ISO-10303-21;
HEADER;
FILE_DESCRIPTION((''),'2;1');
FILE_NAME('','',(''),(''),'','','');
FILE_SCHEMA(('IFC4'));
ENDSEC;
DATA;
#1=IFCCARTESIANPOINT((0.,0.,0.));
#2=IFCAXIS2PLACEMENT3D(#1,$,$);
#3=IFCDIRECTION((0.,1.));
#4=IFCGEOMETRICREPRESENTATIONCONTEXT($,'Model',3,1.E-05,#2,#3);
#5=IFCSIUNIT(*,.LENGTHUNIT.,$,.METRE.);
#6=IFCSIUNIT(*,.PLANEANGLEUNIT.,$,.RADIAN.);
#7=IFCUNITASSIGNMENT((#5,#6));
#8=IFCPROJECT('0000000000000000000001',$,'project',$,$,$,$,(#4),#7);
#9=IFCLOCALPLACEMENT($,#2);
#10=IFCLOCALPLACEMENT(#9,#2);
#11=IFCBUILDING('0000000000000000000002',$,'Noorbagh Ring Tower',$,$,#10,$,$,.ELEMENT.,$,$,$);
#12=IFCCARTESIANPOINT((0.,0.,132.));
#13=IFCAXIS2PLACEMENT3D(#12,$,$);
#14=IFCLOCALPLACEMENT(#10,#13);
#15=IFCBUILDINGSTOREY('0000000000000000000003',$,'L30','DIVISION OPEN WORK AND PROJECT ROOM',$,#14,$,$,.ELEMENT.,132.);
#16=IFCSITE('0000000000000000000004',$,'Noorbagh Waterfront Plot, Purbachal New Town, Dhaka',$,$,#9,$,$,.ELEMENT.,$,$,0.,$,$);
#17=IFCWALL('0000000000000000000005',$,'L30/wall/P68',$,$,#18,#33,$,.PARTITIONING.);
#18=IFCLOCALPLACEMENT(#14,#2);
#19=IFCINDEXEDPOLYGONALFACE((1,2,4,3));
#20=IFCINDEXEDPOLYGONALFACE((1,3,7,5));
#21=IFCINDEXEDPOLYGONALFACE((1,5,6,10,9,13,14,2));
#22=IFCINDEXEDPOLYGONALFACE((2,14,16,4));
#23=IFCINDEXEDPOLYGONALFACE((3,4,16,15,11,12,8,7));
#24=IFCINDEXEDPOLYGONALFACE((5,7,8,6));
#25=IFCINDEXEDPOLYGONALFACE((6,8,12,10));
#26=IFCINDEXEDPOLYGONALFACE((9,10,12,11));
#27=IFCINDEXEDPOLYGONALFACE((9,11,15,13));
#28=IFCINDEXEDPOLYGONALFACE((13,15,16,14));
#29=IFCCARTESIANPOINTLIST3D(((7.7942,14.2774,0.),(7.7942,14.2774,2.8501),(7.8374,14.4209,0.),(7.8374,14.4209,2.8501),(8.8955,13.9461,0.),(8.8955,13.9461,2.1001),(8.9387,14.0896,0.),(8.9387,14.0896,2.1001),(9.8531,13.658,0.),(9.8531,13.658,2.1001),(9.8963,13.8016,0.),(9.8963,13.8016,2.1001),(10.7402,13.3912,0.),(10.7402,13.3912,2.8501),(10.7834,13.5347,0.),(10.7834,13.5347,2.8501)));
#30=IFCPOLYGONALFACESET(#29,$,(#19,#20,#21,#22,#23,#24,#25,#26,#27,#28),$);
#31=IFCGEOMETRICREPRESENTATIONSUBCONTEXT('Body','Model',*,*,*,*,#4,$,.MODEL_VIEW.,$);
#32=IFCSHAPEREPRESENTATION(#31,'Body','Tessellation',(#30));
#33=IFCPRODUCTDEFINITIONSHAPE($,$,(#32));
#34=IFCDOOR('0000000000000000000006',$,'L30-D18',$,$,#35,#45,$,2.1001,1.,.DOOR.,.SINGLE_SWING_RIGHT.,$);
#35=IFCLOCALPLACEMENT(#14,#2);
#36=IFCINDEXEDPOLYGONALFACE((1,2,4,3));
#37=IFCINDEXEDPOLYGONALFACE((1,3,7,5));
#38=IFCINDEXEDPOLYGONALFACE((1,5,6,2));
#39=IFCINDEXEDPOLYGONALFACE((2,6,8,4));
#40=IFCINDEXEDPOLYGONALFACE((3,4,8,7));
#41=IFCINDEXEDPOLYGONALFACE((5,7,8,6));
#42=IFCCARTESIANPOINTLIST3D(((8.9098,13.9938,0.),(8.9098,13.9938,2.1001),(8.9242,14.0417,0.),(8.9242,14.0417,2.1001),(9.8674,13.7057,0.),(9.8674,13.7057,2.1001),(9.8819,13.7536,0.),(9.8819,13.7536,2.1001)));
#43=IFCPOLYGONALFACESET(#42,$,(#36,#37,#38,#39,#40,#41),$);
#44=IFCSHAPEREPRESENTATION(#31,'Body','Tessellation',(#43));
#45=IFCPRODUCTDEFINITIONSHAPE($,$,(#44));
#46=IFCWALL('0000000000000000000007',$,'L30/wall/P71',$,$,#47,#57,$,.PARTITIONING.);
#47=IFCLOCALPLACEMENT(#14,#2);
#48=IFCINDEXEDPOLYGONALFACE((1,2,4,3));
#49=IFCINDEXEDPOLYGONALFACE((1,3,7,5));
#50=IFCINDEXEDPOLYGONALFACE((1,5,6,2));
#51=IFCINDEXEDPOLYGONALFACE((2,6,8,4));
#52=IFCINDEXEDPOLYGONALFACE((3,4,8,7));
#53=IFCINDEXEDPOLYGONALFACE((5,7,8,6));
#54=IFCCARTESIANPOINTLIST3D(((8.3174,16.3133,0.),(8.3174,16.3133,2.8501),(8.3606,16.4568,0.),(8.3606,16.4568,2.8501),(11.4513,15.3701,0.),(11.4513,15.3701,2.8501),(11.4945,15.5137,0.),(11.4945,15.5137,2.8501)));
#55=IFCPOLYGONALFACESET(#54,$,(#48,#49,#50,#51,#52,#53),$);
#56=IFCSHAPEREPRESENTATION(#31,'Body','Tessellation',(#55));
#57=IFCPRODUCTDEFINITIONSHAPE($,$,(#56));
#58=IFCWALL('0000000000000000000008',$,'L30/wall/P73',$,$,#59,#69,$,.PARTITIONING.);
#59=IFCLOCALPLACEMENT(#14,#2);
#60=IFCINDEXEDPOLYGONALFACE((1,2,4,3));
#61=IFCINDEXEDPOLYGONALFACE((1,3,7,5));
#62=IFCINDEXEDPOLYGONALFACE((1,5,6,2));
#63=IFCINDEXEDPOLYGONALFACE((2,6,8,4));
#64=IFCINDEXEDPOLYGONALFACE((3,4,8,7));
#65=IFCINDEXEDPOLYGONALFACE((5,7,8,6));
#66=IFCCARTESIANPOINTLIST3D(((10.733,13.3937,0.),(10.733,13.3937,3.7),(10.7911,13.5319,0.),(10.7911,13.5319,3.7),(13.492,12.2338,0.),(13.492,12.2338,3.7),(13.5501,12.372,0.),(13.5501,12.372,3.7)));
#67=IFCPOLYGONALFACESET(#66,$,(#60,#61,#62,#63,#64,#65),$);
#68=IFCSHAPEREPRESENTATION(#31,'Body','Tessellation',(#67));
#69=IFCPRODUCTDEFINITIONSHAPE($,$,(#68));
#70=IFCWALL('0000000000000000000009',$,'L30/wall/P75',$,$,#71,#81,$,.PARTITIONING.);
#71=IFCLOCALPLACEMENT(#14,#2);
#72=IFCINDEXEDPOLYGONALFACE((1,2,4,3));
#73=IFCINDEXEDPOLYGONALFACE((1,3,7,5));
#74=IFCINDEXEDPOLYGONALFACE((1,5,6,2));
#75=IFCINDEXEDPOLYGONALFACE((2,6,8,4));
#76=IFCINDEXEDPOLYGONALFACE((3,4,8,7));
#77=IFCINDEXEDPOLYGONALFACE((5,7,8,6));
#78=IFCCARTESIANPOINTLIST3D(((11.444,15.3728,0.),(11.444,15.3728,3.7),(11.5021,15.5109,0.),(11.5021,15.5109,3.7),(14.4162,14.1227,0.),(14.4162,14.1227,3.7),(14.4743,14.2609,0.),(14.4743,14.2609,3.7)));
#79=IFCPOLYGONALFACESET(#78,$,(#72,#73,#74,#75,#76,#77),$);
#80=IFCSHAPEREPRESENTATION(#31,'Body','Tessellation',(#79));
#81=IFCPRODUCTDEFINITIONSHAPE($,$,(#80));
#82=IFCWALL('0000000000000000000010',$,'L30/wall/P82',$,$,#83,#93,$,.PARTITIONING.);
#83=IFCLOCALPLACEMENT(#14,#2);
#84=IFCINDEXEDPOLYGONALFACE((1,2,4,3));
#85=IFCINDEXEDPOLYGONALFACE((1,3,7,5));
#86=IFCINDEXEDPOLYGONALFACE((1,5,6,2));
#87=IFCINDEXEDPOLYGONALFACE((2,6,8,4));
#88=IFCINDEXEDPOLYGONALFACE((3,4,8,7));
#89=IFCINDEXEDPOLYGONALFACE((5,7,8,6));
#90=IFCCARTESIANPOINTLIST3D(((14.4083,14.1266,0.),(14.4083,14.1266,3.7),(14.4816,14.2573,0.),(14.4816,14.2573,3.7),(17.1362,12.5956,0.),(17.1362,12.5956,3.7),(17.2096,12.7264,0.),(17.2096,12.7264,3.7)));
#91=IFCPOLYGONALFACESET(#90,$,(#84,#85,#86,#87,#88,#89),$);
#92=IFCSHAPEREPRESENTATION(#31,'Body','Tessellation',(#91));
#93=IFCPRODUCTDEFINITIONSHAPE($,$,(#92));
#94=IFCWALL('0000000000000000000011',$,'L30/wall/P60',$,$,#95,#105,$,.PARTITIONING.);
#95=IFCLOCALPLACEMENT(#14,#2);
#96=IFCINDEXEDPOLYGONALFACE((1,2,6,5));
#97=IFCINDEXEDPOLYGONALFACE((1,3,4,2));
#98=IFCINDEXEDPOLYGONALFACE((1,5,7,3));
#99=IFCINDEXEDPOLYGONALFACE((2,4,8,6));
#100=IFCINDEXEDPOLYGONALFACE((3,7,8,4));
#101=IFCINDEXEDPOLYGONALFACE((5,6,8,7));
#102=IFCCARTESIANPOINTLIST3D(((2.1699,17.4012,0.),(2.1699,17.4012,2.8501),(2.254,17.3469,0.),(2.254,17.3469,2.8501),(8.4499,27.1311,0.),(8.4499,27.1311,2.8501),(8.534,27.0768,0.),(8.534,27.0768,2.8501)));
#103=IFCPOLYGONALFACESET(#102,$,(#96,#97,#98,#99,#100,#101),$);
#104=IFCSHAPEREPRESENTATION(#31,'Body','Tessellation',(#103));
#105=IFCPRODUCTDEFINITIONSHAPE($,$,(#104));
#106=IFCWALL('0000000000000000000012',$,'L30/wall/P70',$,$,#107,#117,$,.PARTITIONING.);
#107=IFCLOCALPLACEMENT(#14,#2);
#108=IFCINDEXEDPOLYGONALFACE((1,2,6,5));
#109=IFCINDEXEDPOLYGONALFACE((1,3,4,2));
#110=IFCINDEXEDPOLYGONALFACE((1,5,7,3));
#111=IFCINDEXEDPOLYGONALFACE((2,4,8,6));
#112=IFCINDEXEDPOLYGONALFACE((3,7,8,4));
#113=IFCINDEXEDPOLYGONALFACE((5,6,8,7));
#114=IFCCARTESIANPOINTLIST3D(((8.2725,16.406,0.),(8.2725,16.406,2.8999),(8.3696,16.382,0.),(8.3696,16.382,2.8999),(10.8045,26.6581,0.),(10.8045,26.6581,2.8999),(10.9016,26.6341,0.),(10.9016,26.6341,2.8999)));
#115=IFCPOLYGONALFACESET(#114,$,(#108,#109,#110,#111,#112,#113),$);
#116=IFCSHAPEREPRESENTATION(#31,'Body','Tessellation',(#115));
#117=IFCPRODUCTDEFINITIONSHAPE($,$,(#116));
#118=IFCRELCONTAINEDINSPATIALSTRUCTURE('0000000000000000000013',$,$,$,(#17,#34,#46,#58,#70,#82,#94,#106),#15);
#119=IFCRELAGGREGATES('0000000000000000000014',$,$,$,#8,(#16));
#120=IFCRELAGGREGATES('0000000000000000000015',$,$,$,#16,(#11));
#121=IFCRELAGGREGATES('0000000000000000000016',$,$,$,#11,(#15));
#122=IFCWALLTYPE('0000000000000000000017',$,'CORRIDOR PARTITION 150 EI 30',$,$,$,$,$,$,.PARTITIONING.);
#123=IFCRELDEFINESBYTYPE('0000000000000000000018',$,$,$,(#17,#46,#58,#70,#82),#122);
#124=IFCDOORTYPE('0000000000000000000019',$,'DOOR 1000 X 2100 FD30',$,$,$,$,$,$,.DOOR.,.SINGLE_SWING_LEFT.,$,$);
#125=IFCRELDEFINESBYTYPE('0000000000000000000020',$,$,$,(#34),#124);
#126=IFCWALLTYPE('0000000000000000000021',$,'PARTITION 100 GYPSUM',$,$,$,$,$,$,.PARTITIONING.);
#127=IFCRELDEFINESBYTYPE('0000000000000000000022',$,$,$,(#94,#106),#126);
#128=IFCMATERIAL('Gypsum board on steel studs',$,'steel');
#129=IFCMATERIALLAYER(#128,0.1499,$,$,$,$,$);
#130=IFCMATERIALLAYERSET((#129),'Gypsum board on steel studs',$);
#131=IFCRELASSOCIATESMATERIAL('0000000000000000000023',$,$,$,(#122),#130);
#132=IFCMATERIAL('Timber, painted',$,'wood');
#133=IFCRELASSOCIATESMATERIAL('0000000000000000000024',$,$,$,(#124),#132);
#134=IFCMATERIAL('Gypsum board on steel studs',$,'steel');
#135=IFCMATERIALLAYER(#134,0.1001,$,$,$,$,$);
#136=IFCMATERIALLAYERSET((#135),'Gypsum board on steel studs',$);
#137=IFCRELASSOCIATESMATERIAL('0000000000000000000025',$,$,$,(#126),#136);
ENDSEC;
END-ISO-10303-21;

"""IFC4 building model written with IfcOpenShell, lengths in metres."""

from ifc_helpers import new_model, si_unit, direction, frame, frame_2d, origin, place, context, subcontext, project, spatial, rectangle, extrude, material, layer, layer_set, type_object, element, fill, save


model = new_model("IFC4")

# Units and contexts
model_context = context("Model", 3, precision=1e-05, world=origin(), true_north=direction((0.0, 1.0)))
body_context = subcontext(model_context, "Body", "Model", "MODEL_VIEW")
ifc_project = project(units=[si_unit("LENGTHUNIT", "METRE"), si_unit("PLANEANGLEUNIT", "RADIAN")], contexts=[model_context])

# Site, building, storey
site_placement = place(None, origin())
site = spatial("IfcSite", under=ifc_project, at=site_placement, Name="Noorbagh Waterfront Plot, Purbachal New Town, Dhaka", CompositionType="ELEMENT", RefElevation=0.0)
building_placement = place(site_placement, origin())
building = spatial("IfcBuilding", under=site, at=building_placement, Name="Noorbagh Ring Tower", CompositionType="ELEMENT")
storey_placement = place(building_placement, frame((0.0, 0.0, 132.0)))
storey = spatial("IfcBuildingStorey", under=building, at=storey_placement, Name="L30", Description="DIVISION OPEN WORK AND PROJECT ROOM", CompositionType="ELEMENT", Elevation=132.0)

# Shared definitions
ifc_material_1 = material(Name="Gypsum board on steel studs", Category="steel")
ifc_layer_1 = layer(ifc_material_1, 0.1499)
ifc_layer_set_1 = layer_set([ifc_layer_1], Name="Gypsum board on steel studs")
wall_type_1 = type_object("IfcWallType", Name="CORRIDOR PARTITION 150 EI 30", PredefinedType="PARTITIONING", material=ifc_layer_set_1)

# Wall, opening, door
ifc_material_2 = material(Name="Timber, painted", Category="wood")
door_type = type_object("IfcDoorType", Name="DOOR 1000 X 2100 FD30", OperationType="SINGLE_SWING_LEFT", PredefinedType="DOOR", material=ifc_material_2)
wall_1_placement = place(storey_placement, frame((7.8159, 14.3491, 0.0), z_axis=(0.0, 0.0, 1.0), x_axis=(0.95761, -0.288069, 0.0)))
wall_1 = element("IfcWall", 1, at=wall_1_placement, inside=storey, type_object=wall_type_1, Name="L30/wall/P68", PredefinedType="PARTITIONING", context=body_context, shape_type="SweptSolid", body=[
    extrude(rectangle(XDim=3.0764, YDim=0.1499, at=frame_2d((1.5381, 0.0))), origin(), (0.0, 0.0, 1.0), 2.8501),
])
opening_1_placement = place(wall_1_placement, frame((1.1499, 0.0, 0.0)))
opening_1 = element("IfcOpeningElement", 2, at=opening_1_placement, cuts=wall_1, PredefinedType="OPENING", context=body_context, shape_type="SweptSolid", body=[
    extrude(rectangle(XDim=1.0, YDim=2.1001, at=frame_2d((0.5, 1.05))), frame((0.0, 0.085, 0.0), z_axis=(0.0, -1.0, 0.0), x_axis=(1.0, 0.0, 0.0)), (0.0, 0.0, 1.0), 0.1699),
])
door_1_placement = place(opening_1_placement, origin())
door_1 = element("IfcDoor", 3, at=door_1_placement, inside=storey, type_object=door_type, Name="L30-D18", OperationType="SINGLE_SWING_RIGHT", OverallHeight=2.1001, OverallWidth=1.0, PredefinedType="DOOR", context=body_context, shape_type="SweptSolid", body=[
    extrude(rectangle(XDim=1.0, YDim=2.1001, at=frame_2d((0.5, 1.05))), frame((0.0, 0.0249, 0.0), z_axis=(0.0, -1.0, 0.0), x_axis=(1.0, 0.0, 0.0)), (0.0, 0.0, 1.0), 0.05),
])
fill(opening_1, door_1)

# Walls
wall_2_placement = place(storey_placement, frame((8.3391, 16.385, 0.0), z_axis=(0.0, 0.0, 1.0), x_axis=(0.957575, -0.288183, 0.0)))
element("IfcWall", 4, at=wall_2_placement, inside=storey, type_object=wall_type_1, Name="L30/wall/P71", PredefinedType="PARTITIONING", context=body_context, shape_type="SweptSolid", body=[
    extrude(rectangle(XDim=3.2727, YDim=0.1499, at=frame_2d((1.6362, 0.0))), origin(), (0.0, 0.0, 1.0), 2.8501),
])
wall_3_placement = place(storey_placement, frame((10.762, 13.4629, 0.0), z_axis=(0.0, 0.0, 1.0), x_axis=(0.921849, -0.38755, 0.0)))
element("IfcWall", 5, at=wall_3_placement, inside=storey, type_object=wall_type_1, Name="L30/wall/P73", PredefinedType="PARTITIONING", context=body_context, shape_type="SweptSolid", body=[
    extrude(rectangle(XDim=2.9929, YDim=0.1499, at=frame_2d((1.4966, 0.0))), origin(), (0.0, 0.0, 1.0), 3.7),
])
wall_4_placement = place(storey_placement, frame((11.4729, 15.4419, 0.0), z_axis=(0.0, 0.0, 1.0), x_axis=(0.921795, -0.387678, 0.0)))
element("IfcWall", 6, at=wall_4_placement, inside=storey, type_object=wall_type_1, Name="L30/wall/P75", PredefinedType="PARTITIONING", context=body_context, shape_type="SweptSolid", body=[
    extrude(rectangle(XDim=3.2244, YDim=0.1499, at=frame_2d((1.6123, 0.0))), origin(), (0.0, 0.0, 1.0), 3.7),
])
wall_5_placement = place(storey_placement, frame((14.4451, 14.1919, 0.0), z_axis=(0.0, 0.0, 1.0), x_axis=(0.872054, -0.489409, 0.0)))
element("IfcWall", 7, at=wall_5_placement, inside=storey, type_object=wall_type_1, Name="L30/wall/P82", PredefinedType="PARTITIONING", context=body_context, shape_type="SweptSolid", body=[
    extrude(rectangle(XDim=3.1282, YDim=0.1499, at=frame_2d((1.564, 0.0))), origin(), (0.0, 0.0, 1.0), 3.7),
])
ifc_material_3 = material(Name="Gypsum board on steel studs", Category="steel")
ifc_layer_2 = layer(ifc_material_3, 0.1001)
ifc_layer_set_2 = layer_set([ifc_layer_2], Name="Gypsum board on steel studs")
wall_type_2 = type_object("IfcWallType", Name="PARTITION 100 GYPSUM", PredefinedType="PARTITIONING", material=ifc_layer_set_2)
wall_6_placement = place(storey_placement, frame((2.2119, 17.374, 0.0), z_axis=(0.0, 0.0, 1.0), x_axis=(0.542287, 0.840193, 0.0)))
element("IfcWall", 8, at=wall_6_placement, inside=storey, type_object=wall_type_2, Name="L30/wall/P60", PredefinedType="PARTITIONING", context=body_context, shape_type="SweptSolid", body=[
    extrude(rectangle(XDim=11.5806, YDim=0.1001, at=frame_2d((5.7903, 0.0))), origin(), (0.0, 0.0, 1.0), 2.8501),
])
wall_7_placement = place(storey_placement, frame((8.321, 16.394, 0.0), z_axis=(0.0, 0.0, 1.0), x_axis=(0.239771, 0.970829, 0.0)))
element("IfcWall", 9, at=wall_7_placement, inside=storey, type_object=wall_type_2, Name="L30/wall/P70", PredefinedType="PARTITIONING", context=body_context, shape_type="SweptSolid", body=[
    extrude(rectangle(XDim=10.5601, YDim=0.1001, at=frame_2d((5.28, 0.0))), origin(), (0.0, 0.0, 1.0), 2.8999),
])

save(model, "model.ifc")
